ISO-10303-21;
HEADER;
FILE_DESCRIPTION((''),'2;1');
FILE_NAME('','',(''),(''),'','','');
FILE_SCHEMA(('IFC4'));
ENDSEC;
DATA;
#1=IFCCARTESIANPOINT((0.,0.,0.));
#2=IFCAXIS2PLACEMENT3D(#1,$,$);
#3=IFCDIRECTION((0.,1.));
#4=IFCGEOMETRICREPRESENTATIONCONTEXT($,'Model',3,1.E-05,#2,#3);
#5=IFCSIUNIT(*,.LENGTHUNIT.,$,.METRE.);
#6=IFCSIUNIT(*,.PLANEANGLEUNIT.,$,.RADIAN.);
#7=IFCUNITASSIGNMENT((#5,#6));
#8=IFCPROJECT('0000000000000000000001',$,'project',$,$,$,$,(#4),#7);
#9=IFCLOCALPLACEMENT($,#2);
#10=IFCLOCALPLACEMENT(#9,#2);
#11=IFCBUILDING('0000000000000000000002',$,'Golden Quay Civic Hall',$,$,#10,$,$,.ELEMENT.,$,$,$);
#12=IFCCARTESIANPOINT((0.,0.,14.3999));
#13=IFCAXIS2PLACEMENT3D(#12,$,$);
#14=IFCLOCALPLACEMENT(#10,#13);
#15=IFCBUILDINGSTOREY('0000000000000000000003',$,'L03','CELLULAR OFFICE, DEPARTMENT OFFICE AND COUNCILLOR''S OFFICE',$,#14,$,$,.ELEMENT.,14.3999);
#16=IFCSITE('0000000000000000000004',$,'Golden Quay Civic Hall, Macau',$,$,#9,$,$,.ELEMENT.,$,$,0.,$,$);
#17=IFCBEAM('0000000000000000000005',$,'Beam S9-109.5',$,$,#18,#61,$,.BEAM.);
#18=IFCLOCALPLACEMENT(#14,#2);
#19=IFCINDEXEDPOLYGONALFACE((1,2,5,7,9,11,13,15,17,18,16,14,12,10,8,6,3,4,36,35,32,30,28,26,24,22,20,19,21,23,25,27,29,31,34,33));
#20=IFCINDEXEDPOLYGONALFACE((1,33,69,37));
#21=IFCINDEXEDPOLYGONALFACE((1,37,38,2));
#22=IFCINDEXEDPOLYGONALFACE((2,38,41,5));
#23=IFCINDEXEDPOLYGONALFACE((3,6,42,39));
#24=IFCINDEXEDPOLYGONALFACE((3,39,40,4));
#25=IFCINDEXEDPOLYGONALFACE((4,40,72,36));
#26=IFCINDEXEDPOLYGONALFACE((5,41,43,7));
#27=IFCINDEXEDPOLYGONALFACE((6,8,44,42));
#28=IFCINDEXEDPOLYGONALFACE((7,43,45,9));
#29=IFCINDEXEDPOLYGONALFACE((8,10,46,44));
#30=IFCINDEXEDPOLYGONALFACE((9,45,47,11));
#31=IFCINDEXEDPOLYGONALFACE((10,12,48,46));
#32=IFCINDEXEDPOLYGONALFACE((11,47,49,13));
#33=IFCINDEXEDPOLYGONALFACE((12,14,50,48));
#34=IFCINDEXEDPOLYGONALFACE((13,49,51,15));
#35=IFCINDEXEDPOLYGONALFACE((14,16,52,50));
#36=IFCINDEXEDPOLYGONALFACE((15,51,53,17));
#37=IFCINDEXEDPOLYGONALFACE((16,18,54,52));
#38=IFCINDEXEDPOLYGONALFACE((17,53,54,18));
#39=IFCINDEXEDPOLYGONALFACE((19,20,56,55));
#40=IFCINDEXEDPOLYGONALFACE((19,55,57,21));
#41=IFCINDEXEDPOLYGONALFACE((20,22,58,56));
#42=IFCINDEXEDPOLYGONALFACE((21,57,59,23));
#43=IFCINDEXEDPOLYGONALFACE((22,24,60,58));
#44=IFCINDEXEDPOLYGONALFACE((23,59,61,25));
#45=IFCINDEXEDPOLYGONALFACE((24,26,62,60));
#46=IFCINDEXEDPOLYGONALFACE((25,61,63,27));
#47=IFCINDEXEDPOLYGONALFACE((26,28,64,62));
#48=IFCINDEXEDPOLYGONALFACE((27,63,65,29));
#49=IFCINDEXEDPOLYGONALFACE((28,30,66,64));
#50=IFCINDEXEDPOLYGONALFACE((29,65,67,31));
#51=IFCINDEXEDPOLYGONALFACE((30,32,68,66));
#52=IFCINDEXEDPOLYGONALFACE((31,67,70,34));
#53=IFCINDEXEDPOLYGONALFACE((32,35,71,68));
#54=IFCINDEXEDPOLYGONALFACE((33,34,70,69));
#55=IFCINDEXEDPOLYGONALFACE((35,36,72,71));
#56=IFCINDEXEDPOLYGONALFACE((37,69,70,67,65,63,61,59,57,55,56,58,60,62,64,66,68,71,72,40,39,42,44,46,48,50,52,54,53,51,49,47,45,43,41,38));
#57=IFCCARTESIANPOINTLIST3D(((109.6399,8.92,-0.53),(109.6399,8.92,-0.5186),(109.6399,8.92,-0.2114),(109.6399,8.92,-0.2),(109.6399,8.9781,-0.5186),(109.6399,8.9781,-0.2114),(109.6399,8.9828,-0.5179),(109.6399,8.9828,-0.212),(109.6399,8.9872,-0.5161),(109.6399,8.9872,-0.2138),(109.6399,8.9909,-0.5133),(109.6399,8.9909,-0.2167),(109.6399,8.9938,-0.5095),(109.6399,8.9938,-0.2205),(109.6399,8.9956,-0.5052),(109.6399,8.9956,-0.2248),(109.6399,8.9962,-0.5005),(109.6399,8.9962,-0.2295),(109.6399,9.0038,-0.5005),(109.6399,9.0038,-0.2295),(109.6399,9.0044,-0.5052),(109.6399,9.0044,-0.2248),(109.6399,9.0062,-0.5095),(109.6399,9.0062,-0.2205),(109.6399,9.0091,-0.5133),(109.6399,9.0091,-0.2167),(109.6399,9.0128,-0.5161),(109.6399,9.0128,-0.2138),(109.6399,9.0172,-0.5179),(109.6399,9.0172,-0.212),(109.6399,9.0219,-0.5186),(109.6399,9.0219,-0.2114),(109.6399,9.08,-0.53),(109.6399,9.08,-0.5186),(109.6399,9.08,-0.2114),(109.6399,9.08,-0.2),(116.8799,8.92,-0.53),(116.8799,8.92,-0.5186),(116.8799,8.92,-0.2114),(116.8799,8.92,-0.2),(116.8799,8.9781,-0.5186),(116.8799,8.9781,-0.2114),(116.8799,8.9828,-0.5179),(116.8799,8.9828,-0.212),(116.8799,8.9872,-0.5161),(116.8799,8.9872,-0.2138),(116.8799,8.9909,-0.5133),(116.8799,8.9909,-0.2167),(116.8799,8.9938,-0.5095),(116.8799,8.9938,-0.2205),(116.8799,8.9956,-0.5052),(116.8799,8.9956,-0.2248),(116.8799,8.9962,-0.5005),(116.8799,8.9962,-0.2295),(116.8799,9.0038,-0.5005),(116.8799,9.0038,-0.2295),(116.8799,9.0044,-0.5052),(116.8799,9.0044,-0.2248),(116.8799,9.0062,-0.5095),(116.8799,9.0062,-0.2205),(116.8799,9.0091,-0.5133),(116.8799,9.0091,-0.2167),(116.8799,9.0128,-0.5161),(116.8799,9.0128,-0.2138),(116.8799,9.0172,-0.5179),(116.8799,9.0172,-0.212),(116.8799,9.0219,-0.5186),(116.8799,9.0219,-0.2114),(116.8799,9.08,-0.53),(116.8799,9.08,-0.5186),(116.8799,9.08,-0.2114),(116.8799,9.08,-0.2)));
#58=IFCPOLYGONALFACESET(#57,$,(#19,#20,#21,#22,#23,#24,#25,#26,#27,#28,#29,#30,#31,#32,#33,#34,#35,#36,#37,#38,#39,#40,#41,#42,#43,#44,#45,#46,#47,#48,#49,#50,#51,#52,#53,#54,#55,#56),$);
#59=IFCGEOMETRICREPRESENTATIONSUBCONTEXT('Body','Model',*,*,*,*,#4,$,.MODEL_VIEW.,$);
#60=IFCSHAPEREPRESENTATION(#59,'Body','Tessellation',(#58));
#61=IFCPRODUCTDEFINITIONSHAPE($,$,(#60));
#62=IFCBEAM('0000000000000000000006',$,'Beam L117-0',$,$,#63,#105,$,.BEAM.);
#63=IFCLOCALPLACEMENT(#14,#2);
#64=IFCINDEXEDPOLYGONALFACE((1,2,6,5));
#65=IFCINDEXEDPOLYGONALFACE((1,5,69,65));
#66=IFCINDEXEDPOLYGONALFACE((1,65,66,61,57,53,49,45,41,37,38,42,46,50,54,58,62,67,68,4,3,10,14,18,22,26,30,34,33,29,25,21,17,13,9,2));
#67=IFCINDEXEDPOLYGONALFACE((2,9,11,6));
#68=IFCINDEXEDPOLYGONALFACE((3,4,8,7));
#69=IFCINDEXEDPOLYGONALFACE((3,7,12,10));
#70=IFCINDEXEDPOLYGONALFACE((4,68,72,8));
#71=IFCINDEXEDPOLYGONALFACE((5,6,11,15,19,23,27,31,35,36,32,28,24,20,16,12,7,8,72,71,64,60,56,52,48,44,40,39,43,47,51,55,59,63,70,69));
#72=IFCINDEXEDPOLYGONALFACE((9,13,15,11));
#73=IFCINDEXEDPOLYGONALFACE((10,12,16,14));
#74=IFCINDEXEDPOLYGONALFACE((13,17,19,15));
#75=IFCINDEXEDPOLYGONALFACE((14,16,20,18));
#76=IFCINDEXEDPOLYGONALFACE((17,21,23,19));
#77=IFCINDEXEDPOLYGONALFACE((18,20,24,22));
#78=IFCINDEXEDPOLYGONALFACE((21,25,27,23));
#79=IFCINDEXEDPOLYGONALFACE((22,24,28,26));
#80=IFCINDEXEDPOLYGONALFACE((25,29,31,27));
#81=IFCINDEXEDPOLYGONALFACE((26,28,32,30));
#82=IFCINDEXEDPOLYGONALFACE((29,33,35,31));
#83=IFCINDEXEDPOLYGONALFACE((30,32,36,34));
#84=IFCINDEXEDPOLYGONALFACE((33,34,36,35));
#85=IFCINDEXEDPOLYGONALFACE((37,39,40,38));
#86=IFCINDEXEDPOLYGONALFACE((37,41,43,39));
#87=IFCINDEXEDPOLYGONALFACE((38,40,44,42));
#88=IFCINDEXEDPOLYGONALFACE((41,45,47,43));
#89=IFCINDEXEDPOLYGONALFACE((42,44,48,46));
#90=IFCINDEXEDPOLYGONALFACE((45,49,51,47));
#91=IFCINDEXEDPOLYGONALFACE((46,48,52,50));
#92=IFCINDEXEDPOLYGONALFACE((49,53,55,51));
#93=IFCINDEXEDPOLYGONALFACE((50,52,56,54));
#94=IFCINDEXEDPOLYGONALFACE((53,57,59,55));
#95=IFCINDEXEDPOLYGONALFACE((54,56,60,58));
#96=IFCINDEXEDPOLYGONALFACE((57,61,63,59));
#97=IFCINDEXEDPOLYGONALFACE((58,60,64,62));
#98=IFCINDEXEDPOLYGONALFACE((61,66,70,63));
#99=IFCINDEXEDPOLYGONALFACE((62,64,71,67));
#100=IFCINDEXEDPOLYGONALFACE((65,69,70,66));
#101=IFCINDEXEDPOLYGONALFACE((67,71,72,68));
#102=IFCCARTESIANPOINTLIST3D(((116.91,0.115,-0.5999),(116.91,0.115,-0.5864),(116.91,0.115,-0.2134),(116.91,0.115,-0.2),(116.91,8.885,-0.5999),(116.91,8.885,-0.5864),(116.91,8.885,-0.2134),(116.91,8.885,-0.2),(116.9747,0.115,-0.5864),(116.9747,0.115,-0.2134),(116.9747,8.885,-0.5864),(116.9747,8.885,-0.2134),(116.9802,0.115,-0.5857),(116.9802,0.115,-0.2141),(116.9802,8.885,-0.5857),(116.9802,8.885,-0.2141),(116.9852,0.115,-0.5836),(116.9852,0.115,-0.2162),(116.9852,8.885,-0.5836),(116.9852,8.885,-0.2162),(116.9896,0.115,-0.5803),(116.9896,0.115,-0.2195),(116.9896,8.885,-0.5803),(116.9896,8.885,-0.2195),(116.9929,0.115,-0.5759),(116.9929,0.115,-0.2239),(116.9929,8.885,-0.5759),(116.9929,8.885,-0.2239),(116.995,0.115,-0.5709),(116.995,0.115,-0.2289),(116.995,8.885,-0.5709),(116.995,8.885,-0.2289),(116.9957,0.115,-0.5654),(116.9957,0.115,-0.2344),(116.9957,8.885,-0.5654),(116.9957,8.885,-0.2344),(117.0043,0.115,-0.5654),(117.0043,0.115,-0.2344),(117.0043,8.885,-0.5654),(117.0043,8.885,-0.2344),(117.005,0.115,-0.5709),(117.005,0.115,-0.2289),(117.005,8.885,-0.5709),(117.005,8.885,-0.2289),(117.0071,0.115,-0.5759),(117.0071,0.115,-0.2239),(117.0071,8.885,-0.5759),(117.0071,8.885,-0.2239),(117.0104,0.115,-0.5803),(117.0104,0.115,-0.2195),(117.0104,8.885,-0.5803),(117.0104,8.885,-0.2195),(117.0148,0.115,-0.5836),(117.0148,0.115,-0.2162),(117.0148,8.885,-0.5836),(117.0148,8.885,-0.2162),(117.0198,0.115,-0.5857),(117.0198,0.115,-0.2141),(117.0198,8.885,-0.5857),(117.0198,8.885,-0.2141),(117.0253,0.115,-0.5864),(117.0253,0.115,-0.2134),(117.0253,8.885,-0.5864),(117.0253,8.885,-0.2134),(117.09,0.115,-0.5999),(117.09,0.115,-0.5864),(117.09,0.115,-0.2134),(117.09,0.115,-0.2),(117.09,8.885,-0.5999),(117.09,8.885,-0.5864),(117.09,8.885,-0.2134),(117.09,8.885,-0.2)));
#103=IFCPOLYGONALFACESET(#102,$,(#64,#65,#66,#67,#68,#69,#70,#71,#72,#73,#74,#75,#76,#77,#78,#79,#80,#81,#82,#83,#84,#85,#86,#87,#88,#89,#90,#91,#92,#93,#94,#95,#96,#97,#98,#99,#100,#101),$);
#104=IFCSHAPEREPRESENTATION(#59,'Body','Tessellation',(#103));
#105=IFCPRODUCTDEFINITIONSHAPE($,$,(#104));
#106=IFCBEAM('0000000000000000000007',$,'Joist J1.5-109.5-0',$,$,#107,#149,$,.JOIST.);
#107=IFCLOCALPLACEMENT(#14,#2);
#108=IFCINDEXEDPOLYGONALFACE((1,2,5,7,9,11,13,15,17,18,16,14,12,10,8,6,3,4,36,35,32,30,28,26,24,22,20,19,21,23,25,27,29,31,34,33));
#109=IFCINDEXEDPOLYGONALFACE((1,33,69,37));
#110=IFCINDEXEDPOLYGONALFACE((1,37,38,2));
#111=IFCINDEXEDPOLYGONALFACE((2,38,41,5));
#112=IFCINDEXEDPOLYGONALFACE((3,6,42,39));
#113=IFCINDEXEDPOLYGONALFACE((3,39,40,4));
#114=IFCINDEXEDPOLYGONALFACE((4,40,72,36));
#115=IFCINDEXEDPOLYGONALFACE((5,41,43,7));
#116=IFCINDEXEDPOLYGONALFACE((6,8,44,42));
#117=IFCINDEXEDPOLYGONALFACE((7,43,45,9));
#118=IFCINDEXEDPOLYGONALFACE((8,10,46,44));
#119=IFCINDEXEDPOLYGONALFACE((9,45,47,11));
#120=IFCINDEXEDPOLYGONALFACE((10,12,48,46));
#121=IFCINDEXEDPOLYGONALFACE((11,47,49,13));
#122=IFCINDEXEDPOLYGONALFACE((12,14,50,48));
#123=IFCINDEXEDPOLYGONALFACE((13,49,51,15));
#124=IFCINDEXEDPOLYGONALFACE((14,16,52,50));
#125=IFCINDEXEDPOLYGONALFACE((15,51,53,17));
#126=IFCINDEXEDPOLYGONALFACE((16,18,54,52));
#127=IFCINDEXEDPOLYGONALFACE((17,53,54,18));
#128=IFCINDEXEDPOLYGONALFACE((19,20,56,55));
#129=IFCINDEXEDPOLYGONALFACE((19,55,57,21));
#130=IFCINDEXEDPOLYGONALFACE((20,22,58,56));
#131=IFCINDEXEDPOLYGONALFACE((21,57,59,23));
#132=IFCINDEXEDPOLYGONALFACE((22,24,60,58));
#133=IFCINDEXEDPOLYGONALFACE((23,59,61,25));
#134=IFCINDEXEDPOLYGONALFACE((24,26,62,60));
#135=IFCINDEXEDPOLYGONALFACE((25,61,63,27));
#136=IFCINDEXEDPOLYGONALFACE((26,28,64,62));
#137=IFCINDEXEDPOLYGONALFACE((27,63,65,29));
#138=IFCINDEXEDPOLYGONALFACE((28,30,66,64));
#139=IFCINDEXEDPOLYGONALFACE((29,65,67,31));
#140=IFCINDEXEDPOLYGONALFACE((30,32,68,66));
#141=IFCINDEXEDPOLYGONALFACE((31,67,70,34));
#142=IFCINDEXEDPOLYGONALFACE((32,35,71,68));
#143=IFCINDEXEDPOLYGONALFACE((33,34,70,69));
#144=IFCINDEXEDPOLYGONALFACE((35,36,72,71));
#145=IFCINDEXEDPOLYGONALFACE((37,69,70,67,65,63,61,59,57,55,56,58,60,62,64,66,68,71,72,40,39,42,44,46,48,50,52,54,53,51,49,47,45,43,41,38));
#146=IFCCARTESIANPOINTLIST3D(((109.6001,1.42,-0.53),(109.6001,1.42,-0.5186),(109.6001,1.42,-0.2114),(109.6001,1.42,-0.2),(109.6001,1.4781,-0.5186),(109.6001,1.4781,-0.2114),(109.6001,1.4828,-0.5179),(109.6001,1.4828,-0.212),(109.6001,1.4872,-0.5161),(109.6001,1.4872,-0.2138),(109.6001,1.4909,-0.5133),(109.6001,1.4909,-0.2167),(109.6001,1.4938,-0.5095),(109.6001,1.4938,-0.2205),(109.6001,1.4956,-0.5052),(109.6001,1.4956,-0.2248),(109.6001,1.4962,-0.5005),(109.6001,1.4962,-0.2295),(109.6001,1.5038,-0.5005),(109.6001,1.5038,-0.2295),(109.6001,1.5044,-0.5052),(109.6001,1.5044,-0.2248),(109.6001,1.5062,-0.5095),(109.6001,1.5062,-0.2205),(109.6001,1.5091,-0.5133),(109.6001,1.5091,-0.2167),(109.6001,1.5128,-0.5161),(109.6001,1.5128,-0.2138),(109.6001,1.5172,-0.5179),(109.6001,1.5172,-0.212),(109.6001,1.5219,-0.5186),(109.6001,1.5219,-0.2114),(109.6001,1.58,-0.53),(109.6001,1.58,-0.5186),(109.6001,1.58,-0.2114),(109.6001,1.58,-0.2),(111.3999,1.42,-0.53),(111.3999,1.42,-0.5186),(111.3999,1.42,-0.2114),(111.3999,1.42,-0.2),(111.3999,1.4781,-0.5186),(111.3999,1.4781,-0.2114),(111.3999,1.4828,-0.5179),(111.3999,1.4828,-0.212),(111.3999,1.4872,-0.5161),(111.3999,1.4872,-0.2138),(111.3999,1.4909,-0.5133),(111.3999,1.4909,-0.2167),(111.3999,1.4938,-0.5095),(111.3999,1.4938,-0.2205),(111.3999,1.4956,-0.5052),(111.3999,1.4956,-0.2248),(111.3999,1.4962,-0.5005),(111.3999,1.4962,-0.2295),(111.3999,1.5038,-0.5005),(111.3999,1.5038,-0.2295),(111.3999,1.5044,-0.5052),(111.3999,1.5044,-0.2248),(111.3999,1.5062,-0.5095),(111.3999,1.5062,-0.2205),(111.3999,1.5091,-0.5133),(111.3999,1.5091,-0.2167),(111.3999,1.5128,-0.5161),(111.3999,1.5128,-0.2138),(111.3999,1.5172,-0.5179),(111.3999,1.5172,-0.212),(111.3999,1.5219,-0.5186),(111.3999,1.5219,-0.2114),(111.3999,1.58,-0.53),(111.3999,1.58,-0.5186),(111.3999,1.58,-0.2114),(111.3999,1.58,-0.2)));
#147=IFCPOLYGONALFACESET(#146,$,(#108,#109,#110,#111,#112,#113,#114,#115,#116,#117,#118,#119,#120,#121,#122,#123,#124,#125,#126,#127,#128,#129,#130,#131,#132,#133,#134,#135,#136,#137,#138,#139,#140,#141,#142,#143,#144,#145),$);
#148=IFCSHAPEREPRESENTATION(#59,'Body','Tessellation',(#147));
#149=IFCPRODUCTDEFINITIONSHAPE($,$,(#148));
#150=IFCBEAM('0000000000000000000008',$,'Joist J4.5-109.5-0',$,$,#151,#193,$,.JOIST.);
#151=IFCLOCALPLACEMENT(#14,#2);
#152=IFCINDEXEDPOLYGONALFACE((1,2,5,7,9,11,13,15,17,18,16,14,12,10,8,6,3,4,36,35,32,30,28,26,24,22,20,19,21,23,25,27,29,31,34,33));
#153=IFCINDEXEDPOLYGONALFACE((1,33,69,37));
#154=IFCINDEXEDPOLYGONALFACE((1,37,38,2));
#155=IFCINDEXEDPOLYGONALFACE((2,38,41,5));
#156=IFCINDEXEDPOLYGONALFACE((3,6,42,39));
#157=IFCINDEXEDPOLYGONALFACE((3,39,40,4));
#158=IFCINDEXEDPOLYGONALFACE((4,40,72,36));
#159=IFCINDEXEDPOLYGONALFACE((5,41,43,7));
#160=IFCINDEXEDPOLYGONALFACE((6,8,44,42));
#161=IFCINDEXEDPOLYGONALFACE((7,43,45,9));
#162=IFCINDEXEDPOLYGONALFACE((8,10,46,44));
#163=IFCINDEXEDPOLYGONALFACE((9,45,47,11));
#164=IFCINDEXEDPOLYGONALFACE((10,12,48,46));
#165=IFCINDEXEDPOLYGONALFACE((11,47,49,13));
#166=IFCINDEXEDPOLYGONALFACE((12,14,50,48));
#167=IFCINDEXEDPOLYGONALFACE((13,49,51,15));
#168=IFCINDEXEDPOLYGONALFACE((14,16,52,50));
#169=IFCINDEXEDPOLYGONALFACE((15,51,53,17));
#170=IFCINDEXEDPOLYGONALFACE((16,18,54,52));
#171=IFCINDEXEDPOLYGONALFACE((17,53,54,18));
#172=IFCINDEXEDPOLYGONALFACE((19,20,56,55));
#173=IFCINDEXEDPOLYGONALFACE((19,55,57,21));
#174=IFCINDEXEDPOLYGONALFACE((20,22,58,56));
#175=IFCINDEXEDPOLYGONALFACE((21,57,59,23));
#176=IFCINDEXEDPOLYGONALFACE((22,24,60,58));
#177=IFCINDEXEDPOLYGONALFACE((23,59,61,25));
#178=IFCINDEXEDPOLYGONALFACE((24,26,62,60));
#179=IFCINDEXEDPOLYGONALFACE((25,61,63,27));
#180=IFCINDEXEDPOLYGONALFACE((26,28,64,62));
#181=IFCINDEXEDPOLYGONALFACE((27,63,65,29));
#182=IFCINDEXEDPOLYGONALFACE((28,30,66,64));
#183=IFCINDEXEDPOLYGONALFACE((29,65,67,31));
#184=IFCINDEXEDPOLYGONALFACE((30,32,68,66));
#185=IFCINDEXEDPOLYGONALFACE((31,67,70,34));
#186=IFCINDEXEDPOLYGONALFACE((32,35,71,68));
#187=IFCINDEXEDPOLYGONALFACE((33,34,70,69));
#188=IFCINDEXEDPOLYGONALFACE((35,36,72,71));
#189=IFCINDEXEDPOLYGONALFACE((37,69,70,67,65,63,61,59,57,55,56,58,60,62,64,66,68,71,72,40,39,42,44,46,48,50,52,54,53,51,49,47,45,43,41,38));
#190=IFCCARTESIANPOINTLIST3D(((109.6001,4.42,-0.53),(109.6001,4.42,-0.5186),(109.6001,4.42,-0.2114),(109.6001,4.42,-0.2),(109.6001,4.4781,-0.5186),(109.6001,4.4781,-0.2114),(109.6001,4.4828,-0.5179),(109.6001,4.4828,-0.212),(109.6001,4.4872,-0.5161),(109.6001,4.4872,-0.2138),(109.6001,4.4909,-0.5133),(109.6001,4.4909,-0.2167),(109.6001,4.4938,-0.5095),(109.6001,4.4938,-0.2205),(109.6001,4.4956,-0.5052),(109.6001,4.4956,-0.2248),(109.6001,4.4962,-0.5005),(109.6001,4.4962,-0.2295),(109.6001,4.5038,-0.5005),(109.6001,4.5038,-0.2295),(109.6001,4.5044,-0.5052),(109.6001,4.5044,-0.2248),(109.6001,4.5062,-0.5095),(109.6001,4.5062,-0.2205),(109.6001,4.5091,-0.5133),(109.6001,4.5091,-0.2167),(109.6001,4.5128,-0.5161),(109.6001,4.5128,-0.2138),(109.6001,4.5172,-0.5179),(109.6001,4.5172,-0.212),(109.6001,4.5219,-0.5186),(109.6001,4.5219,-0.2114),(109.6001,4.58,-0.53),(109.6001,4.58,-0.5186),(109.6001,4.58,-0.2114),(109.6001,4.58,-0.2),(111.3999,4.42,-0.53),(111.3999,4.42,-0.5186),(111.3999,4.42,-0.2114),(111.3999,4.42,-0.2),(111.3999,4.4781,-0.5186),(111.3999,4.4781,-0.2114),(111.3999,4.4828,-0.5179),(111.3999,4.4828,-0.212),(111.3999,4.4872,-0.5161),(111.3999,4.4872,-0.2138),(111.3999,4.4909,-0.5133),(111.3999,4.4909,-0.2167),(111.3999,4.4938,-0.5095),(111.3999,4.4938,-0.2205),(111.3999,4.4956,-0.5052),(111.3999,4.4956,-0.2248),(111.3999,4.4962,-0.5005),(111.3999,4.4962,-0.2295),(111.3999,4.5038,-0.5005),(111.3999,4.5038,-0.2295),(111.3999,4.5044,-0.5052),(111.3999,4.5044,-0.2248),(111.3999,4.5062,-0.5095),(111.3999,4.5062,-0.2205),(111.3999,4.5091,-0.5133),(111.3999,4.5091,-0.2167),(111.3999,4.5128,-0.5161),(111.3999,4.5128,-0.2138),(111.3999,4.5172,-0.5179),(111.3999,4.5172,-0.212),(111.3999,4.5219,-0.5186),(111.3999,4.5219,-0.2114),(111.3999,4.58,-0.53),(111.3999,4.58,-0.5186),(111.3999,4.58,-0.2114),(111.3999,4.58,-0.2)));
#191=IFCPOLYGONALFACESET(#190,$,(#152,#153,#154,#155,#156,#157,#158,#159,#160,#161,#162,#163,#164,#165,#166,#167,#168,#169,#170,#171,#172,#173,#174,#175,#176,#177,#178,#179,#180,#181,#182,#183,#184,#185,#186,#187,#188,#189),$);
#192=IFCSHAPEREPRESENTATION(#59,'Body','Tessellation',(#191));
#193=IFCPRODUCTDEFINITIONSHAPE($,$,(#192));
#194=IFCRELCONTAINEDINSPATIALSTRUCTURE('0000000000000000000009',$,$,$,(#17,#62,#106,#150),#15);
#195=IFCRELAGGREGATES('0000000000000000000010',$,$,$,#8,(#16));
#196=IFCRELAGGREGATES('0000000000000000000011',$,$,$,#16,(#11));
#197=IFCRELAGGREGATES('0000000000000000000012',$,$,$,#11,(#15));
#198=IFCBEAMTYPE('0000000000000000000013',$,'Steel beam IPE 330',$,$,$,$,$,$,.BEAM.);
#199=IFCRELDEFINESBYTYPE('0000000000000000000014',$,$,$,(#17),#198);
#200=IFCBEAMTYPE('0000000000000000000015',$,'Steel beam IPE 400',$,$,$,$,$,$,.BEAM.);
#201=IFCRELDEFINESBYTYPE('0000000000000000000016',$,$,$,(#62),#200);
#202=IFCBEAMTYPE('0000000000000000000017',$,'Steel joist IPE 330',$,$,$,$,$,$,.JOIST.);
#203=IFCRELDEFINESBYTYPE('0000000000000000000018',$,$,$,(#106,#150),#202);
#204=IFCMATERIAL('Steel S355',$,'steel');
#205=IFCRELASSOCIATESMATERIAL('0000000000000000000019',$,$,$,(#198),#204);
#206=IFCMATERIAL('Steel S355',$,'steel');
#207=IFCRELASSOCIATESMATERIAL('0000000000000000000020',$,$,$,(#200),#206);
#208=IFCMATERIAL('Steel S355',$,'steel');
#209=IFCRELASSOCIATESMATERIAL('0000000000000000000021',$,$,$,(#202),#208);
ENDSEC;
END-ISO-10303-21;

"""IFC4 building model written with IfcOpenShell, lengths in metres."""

from ifc_helpers import new_model, si_unit, direction, frame, origin, origin_2d, place, context, subcontext, project, spatial, i_section, extrude, material, material_profile, profile_set, type_object, element, save


model = new_model("IFC4")

# Units and contexts
model_context = context("Model", 3, precision=1e-05, world=origin(), true_north=direction((0.0, 1.0)))
body_context = subcontext(model_context, "Body", "Model", "MODEL_VIEW")
ifc_project = project(units=[si_unit("LENGTHUNIT", "METRE"), si_unit("PLANEANGLEUNIT", "RADIAN")], contexts=[model_context])

# Site, building, storey
site_placement = place(None, origin())
site = spatial("IfcSite", under=ifc_project, at=site_placement, Name="Golden Quay Civic Hall, Macau", CompositionType="ELEMENT", RefElevation=0.0)
building_placement = place(site_placement, origin())
building = spatial("IfcBuilding", under=site, at=building_placement, Name="Golden Quay Civic Hall", CompositionType="ELEMENT")
storey_placement = place(building_placement, frame((0.0, 0.0, 14.3999)))
storey = spatial("IfcBuildingStorey", under=building, at=storey_placement, Name="L03", Description="CELLULAR OFFICE, DEPARTMENT OFFICE AND COUNCILLOR'S OFFICE", CompositionType="ELEMENT", Elevation=14.3999)

# Beams
ifc_material_1 = material(Name="Steel S355", Category="steel")
ifc_material_profile_1 = material_profile(ifc_material_1, i_section(OverallWidth=0.1599, OverallDepth=0.3301, WebThickness=0.0076, FlangeThickness=0.0115, FilletRadius=0.0181, at=origin_2d()), Name="IPE 330")
ifc_profile_set_1 = profile_set([ifc_material_profile_1], Name="Steel S355")
beam_type_1 = type_object("IfcBeamType", Name="Steel beam IPE 330", PredefinedType="BEAM", material=ifc_profile_set_1)
beam_1_placement = place(storey_placement, frame((109.6399, 9.0, -0.365), z_axis=(1.0, 0.0, 0.0), x_axis=(0.0, 1.0, 0.0)))
element("IfcBeam", 1, at=beam_1_placement, inside=storey, type_object=beam_type_1, Name="Beam S9-109.5", PredefinedType="BEAM", context=body_context, shape_type="SweptSolid", body=[
    extrude(i_section(OverallWidth=0.1599, OverallDepth=0.3301, WebThickness=0.0076, FlangeThickness=0.0115, FilletRadius=0.0181, at=origin_2d()), origin(), (0.0, 0.0, 1.0), 7.24),
])
ifc_material_2 = material(Name="Steel S355", Category="steel")
ifc_material_profile_2 = material_profile(ifc_material_2, i_section(OverallWidth=0.1799, OverallDepth=0.3999, WebThickness=0.0085, FlangeThickness=0.0134, FilletRadius=0.021, at=origin_2d()), Name="IPE 400")
ifc_profile_set_2 = profile_set([ifc_material_profile_2], Name="Steel S355")
beam_type_2 = type_object("IfcBeamType", Name="Steel beam IPE 400", PredefinedType="BEAM", material=ifc_profile_set_2)
beam_2_placement = place(storey_placement, frame((117.0, 0.115, -0.3999), z_axis=(0.0, 1.0, 0.0), x_axis=(-1.0, 0.0, 0.0)))
element("IfcBeam", 2, at=beam_2_placement, inside=storey, type_object=beam_type_2, Name="Beam L117-0", PredefinedType="BEAM", context=body_context, shape_type="SweptSolid", body=[
    extrude(i_section(OverallWidth=0.1799, OverallDepth=0.3999, WebThickness=0.0085, FlangeThickness=0.0134, FilletRadius=0.021, at=origin_2d()), origin(), (0.0, 0.0, 1.0), 8.77),
])
ifc_material_3 = material(Name="Steel S355", Category="steel")
ifc_material_profile_3 = material_profile(ifc_material_3, i_section(OverallWidth=0.1599, OverallDepth=0.3301, WebThickness=0.0076, FlangeThickness=0.0115, FilletRadius=0.0181, at=origin_2d()), Name="IPE 330")
ifc_profile_set_3 = profile_set([ifc_material_profile_3], Name="Steel S355")
beam_type_3 = type_object("IfcBeamType", Name="Steel joist IPE 330", PredefinedType="JOIST", material=ifc_profile_set_3)
for number, where, z_axis, x_axis, name in (
    (3, (109.6001, 1.5, -0.365), (1.0, 0.0, 0.0), (0.0, 1.0, 0.0), "Joist J1.5-109.5-0"),
    (4, (109.6001, 4.5, -0.365), (1.0, 0.0, 0.0), (0.0, 1.0, 0.0), "Joist J4.5-109.5-0"),
):
    element("IfcBeam", number, at=place(storey_placement, frame(where, z_axis=z_axis, x_axis=x_axis)), inside=storey, type_object=beam_type_3, Name=name, PredefinedType="JOIST", context=body_context, shape_type="SweptSolid", body=[
        extrude(i_section(OverallWidth=0.1599, OverallDepth=0.3301, WebThickness=0.0076, FlangeThickness=0.0115, FilletRadius=0.0181, at=origin_2d()), origin(), (0.0, 0.0, 1.0), 1.7998),
    ])

save(model, "model.ifc")
